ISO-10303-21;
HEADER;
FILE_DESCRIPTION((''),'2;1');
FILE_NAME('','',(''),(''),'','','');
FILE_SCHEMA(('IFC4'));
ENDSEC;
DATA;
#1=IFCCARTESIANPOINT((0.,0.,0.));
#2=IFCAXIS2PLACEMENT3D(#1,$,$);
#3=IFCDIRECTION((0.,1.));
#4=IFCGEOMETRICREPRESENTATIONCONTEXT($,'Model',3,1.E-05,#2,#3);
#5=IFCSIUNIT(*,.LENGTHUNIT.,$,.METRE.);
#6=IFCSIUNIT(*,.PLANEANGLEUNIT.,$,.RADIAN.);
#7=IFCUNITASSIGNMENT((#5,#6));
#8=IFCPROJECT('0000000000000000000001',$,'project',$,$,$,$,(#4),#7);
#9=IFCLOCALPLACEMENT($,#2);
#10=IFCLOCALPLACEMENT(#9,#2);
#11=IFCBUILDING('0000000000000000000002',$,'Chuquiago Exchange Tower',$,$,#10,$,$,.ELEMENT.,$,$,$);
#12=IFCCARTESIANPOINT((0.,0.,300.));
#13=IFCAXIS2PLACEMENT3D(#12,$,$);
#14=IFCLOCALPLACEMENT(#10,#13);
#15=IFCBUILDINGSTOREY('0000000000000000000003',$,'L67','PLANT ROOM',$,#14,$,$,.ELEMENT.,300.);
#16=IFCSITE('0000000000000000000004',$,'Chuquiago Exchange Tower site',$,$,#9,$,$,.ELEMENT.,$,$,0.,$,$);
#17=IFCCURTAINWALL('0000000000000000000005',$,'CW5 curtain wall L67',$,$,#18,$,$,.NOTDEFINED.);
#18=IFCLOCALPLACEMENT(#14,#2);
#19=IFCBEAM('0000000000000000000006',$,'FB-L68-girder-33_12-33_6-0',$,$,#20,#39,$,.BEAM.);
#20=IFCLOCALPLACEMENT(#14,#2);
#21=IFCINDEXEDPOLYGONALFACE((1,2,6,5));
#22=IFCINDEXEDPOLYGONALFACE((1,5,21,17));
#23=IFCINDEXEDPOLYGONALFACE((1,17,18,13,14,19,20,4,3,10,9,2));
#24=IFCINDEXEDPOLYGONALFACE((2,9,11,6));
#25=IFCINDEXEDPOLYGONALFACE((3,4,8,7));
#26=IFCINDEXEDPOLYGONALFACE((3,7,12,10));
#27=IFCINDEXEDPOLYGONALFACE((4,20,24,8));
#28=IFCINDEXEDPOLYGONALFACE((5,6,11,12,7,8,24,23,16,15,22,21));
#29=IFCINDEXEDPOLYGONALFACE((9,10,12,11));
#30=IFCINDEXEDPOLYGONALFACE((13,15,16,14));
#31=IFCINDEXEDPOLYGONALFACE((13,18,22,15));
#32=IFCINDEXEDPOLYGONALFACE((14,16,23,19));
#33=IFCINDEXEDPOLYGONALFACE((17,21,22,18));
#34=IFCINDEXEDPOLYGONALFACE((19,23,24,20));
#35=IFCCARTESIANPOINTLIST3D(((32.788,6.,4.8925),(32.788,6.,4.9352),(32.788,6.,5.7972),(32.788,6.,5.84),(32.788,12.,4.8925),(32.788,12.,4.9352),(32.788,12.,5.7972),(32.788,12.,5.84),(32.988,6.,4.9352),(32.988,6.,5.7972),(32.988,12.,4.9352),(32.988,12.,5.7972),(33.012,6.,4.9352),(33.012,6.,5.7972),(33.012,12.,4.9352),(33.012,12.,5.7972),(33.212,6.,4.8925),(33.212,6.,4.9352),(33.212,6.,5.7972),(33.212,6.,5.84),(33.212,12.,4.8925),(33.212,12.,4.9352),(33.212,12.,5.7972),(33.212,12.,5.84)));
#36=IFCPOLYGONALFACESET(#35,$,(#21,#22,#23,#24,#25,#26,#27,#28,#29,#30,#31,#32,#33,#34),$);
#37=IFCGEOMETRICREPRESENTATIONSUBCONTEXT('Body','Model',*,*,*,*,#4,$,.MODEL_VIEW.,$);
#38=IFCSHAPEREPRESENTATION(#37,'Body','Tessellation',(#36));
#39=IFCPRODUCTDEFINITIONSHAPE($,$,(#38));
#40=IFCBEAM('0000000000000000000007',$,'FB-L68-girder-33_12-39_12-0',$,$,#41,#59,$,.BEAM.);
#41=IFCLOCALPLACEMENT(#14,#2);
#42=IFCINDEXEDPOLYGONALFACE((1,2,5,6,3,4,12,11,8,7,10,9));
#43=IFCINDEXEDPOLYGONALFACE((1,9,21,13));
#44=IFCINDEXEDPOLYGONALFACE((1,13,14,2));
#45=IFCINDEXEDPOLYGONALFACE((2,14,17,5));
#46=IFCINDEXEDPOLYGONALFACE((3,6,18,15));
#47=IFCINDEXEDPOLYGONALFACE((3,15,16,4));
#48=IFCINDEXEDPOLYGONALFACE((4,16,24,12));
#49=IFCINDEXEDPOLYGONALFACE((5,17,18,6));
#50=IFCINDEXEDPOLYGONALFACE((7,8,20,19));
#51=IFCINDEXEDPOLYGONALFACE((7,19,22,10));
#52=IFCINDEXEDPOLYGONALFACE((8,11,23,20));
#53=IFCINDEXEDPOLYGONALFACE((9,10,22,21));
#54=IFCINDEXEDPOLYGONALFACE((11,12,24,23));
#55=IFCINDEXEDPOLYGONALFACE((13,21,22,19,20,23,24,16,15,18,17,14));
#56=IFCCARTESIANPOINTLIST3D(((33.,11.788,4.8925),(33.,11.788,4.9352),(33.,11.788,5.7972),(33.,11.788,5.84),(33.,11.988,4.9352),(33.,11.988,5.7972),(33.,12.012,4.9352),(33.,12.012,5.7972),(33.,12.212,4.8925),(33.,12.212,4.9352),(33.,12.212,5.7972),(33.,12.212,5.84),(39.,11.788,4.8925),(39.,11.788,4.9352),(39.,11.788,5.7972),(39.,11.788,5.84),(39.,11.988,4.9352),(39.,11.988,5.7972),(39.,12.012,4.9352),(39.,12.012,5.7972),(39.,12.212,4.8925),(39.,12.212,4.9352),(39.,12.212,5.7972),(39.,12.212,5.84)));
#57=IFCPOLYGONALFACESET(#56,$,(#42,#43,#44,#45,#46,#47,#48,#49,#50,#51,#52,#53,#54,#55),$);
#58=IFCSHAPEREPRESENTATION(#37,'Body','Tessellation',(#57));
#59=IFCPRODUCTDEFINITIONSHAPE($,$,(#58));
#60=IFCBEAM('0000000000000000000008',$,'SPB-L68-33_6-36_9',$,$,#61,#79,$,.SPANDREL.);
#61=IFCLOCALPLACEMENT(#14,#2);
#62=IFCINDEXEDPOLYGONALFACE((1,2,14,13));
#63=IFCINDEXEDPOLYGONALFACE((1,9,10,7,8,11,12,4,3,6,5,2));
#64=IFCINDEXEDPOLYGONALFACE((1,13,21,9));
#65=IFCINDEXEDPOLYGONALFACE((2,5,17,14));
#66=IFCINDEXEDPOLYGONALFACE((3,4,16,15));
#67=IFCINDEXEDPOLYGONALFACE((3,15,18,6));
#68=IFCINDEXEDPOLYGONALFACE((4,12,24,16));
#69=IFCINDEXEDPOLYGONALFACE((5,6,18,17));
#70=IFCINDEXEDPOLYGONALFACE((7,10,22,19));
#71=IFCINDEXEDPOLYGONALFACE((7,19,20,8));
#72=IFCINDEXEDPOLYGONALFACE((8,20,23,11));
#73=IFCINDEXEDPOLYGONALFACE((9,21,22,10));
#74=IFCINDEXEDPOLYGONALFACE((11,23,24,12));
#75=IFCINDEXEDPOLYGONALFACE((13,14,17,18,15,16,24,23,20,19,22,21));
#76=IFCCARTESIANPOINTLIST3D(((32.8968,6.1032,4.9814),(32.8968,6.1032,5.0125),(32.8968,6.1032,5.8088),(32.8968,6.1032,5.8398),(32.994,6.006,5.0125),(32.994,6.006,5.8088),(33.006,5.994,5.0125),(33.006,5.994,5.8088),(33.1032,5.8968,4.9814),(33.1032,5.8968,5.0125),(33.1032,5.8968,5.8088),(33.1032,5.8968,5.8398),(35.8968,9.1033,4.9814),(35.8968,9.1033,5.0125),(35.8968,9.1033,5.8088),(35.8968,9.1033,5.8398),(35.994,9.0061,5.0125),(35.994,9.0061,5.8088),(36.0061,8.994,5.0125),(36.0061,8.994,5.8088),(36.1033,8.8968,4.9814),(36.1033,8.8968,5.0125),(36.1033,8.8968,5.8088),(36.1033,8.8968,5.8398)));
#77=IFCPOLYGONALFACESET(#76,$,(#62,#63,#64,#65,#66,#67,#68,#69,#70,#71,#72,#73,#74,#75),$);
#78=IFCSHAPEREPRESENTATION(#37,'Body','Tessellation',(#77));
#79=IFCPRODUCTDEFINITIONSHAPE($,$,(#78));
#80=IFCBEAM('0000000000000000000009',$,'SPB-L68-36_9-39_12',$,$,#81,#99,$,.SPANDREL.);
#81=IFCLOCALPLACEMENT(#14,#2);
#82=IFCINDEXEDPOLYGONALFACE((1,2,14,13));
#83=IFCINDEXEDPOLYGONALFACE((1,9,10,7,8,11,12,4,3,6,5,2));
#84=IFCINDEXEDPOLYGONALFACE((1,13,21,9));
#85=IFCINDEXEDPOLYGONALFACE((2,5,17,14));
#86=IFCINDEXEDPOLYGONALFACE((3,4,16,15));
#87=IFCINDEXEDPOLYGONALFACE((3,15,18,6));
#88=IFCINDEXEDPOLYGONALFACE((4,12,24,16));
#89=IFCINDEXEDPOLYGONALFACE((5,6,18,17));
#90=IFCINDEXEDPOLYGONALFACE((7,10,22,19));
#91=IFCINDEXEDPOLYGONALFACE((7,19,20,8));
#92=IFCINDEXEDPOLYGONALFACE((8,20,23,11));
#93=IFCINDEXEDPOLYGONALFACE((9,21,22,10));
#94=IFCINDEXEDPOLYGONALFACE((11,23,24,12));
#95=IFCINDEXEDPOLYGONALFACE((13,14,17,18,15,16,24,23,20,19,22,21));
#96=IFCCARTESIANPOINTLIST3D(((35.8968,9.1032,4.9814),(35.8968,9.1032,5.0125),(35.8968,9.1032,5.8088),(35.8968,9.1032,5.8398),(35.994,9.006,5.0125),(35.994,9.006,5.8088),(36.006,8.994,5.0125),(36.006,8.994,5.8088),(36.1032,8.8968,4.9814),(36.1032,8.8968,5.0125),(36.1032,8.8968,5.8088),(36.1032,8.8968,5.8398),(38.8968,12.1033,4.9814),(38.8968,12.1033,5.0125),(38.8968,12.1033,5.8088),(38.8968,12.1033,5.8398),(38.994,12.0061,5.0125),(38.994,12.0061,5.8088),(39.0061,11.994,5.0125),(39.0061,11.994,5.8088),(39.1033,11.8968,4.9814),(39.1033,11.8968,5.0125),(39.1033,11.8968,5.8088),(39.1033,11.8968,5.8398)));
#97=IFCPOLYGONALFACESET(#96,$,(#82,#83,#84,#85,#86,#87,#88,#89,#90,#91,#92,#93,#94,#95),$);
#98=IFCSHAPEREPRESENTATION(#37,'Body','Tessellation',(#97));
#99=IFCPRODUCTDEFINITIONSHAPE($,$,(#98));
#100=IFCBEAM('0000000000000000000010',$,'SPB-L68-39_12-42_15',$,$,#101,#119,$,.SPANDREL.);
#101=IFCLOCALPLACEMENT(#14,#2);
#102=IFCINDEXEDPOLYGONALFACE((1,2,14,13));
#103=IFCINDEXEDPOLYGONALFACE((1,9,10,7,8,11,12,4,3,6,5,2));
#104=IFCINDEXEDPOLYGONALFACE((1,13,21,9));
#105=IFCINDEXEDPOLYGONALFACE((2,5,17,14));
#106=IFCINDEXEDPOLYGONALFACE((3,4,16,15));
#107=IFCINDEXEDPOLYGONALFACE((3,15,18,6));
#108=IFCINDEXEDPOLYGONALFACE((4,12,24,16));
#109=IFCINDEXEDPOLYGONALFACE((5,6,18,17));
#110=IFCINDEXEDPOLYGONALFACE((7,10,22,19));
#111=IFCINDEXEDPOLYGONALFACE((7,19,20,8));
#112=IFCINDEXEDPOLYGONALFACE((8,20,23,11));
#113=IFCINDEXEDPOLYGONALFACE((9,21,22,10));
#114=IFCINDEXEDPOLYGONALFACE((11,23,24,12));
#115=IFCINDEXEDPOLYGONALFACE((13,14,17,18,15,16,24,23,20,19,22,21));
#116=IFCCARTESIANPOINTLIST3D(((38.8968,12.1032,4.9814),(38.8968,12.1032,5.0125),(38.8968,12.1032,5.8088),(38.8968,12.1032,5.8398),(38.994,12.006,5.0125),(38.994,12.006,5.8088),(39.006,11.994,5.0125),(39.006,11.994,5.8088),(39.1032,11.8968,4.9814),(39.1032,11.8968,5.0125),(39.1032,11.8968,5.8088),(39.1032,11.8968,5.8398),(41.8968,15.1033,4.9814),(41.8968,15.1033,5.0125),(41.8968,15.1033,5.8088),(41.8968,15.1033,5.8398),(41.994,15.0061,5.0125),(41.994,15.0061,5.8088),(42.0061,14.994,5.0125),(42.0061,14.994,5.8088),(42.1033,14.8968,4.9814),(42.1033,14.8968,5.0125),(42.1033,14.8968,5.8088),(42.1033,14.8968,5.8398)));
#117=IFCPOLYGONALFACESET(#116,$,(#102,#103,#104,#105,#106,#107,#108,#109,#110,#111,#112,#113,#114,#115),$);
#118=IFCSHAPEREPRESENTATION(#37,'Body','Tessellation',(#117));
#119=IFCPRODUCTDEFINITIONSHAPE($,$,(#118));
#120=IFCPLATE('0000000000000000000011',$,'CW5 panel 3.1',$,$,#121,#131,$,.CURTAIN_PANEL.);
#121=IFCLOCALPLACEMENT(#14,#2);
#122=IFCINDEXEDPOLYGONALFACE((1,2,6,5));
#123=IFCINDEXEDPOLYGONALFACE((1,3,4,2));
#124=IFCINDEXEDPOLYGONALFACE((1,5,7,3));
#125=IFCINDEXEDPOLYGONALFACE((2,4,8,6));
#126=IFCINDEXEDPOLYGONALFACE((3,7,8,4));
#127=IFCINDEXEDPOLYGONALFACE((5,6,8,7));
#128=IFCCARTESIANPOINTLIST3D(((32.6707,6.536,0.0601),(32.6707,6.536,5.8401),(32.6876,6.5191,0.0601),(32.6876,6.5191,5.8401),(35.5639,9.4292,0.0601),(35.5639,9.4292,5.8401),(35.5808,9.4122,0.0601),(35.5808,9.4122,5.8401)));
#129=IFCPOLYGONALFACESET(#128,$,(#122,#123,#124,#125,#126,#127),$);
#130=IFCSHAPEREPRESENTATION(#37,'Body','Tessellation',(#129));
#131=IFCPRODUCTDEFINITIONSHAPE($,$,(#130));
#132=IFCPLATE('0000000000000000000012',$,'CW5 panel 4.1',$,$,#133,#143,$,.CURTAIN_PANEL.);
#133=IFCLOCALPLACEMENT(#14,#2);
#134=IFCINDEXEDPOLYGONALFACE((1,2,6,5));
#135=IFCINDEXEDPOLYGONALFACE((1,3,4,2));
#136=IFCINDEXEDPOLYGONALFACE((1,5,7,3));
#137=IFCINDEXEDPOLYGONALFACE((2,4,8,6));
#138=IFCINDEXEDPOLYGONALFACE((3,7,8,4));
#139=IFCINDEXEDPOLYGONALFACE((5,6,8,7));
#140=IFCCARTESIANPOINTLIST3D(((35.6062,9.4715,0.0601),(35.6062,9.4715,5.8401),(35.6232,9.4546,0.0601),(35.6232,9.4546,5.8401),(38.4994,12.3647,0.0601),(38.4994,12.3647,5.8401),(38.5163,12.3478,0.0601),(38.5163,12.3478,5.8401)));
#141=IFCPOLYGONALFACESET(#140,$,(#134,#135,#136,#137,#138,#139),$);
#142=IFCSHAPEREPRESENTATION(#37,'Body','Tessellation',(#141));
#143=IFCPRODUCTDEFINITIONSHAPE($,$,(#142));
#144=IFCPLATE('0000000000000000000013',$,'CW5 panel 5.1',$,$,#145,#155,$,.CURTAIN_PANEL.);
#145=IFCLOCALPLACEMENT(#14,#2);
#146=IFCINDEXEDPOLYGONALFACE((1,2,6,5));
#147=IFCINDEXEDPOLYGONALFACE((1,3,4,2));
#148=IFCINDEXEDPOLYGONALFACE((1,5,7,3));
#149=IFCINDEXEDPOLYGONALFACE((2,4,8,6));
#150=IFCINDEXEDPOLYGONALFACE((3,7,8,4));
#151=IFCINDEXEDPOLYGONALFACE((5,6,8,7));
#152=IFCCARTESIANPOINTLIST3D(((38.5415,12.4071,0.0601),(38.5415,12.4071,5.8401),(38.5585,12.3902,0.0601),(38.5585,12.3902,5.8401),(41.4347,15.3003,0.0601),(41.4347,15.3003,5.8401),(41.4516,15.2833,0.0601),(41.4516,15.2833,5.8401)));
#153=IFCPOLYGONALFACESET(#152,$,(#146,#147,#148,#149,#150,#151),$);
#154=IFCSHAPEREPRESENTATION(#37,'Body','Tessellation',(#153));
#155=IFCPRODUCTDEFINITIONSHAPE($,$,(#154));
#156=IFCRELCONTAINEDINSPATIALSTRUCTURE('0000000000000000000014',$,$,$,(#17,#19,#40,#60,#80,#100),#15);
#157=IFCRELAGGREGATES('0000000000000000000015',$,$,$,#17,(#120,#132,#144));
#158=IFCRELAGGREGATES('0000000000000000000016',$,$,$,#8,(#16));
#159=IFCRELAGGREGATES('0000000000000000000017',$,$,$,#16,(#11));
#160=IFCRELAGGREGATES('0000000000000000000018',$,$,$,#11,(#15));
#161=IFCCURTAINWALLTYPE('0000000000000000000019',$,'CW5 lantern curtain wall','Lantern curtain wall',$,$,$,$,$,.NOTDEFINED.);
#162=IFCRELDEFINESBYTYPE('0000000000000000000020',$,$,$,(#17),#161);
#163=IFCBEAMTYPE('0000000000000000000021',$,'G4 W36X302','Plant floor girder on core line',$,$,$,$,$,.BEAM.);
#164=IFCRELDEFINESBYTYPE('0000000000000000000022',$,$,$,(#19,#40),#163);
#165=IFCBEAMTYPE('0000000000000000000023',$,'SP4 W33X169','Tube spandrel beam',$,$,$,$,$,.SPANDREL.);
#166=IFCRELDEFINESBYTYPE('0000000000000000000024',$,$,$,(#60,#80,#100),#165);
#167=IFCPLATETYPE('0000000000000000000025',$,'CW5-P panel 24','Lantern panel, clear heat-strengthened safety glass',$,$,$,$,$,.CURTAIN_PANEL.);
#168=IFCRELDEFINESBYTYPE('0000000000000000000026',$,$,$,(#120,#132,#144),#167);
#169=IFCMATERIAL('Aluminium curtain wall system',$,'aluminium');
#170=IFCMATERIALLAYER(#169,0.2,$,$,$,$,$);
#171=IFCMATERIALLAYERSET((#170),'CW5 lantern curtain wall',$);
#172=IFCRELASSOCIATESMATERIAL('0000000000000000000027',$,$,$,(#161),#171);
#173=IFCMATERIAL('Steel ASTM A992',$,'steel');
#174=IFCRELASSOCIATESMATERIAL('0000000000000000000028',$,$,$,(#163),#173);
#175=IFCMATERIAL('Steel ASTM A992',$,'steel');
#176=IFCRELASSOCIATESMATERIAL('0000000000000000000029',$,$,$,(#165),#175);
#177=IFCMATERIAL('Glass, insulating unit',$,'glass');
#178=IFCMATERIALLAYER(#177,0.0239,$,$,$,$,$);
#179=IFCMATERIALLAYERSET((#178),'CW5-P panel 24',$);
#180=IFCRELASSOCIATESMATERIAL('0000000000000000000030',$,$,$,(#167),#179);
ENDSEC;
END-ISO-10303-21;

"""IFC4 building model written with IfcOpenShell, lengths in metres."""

from ifc_helpers import new_model, si_unit, direction, frame, origin, origin_2d, place, context, subcontext, project, spatial, rectangle, i_section, extrude, material, layer, layer_set, material_profile, profile_set, type_object, element, aggregate, save


model = new_model("IFC4")

# Units and contexts
model_context = context("Model", 3, precision=1e-05, world=origin(), true_north=direction((0.0, 1.0)))
body_context = subcontext(model_context, "Body", "Model", "MODEL_VIEW")
ifc_project = project(units=[si_unit("LENGTHUNIT", "METRE"), si_unit("PLANEANGLEUNIT", "RADIAN")], contexts=[model_context])

# Site, building, storey
site_placement = place(None, origin())
site = spatial("IfcSite", under=ifc_project, at=site_placement, Name="Chuquiago Exchange Tower site", CompositionType="ELEMENT", RefElevation=0.0)
building_placement = place(site_placement, origin())
building = spatial("IfcBuilding", under=site, at=building_placement, Name="Chuquiago Exchange Tower", CompositionType="ELEMENT")
storey_placement = place(building_placement, frame((0.0, 0.0, 300.0)))
storey = spatial("IfcBuildingStorey", under=building, at=storey_placement, Name="L67", Description="PLANT ROOM", CompositionType="ELEMENT", Elevation=300.0)

# Curtain wall
ifc_material_1 = material(Name="Aluminium curtain wall system", Category="aluminium")
ifc_layer_1 = layer(ifc_material_1, 0.2)
ifc_layer_set_1 = layer_set([ifc_layer_1], Name="CW5 lantern curtain wall")
curtain_wall_type = type_object("IfcCurtainWallType", Name="CW5 lantern curtain wall", Description="Lantern curtain wall", PredefinedType="NOTDEFINED", material=ifc_layer_set_1)
curtain_wall_placement = place(storey_placement, origin())
curtain_wall = element("IfcCurtainWall", 1, at=curtain_wall_placement, inside=storey, type_object=curtain_wall_type, Name="CW5 curtain wall L67", PredefinedType="NOTDEFINED")

# Beams
ifc_material_2 = material(Name="Steel ASTM A992", Category="steel")
ifc_material_profile_1 = material_profile(ifc_material_2, i_section(OverallWidth=0.4241, OverallDepth=0.9475, WebThickness=0.0239, FlangeThickness=0.0427, at=origin_2d()), Name="W36X302")
ifc_profile_set_1 = profile_set([ifc_material_profile_1], Name="Steel ASTM A992")
beam_type_1 = type_object("IfcBeamType", Name="G4 W36X302", Description="Plant floor girder on core line", PredefinedType="BEAM", material=ifc_profile_set_1)
for number, where, z_axis, x_axis, name in (
    (2, (33.0, 12.0, 5.3662), (0.0, -1.0, 0.0), (1.0, 0.0, 0.0), "FB-L68-girder-33_12-33_6-0"),
    (3, (33.0, 12.0, 5.3662), (1.0, 0.0, 0.0), (0.0, 1.0, 0.0), "FB-L68-girder-33_12-39_12-0"),
):
    element("IfcBeam", number, at=place(storey_placement, frame(where, z_axis=z_axis, x_axis=x_axis)), inside=storey, type_object=beam_type_1, Name=name, PredefinedType="BEAM", context=body_context, shape_type="SweptSolid", body=[
        extrude(i_section(OverallWidth=0.4241, OverallDepth=0.9475, WebThickness=0.0239, FlangeThickness=0.0427, at=origin_2d()), origin(), (0.0, 0.0, 1.0), 6.0),
    ])
ifc_material_3 = material(Name="Steel ASTM A992", Category="steel")
ifc_material_profile_2 = material_profile(ifc_material_3, i_section(OverallWidth=0.292, OverallDepth=0.8584, WebThickness=0.0171, FlangeThickness=0.031, at=origin_2d()), Name="W33X169")
ifc_profile_set_2 = profile_set([ifc_material_profile_2], Name="Steel ASTM A992")
beam_type_2 = type_object("IfcBeamType", Name="SP4 W33X169", Description="Tube spandrel beam", PredefinedType="SPANDREL", material=ifc_profile_set_2)
for number, where, z_axis, x_axis, name in (
    (4, (33.0, 6.0, 5.4106), (0.707107, 0.707107, 0.0), (-0.707107, 0.707107, 0.0), "SPB-L68-33_6-36_9"),
    (5, (36.0, 9.0, 5.4106), (0.707107, 0.707107, 0.0), (-0.707107, 0.707107, 0.0), "SPB-L68-36_9-39_12"),
    (6, (39.0, 12.0, 5.4106), (0.707107, 0.707107, 0.0), (-0.707107, 0.707107, 0.0), "SPB-L68-39_12-42_15"),
):
    element("IfcBeam", number, at=place(storey_placement, frame(where, z_axis=z_axis, x_axis=x_axis)), inside=storey, type_object=beam_type_2, Name=name, PredefinedType="SPANDREL", context=body_context, shape_type="SweptSolid", body=[
        extrude(i_section(OverallWidth=0.292, OverallDepth=0.8584, WebThickness=0.0171, FlangeThickness=0.031, at=origin_2d()), origin(), (0.0, 0.0, 1.0), 4.2427),
    ])

# Plates
ifc_material_4 = material(Name="Glass, insulating unit", Category="glass")
ifc_layer_2 = layer(ifc_material_4, 0.0239)
ifc_layer_set_2 = layer_set([ifc_layer_2], Name="CW5-P panel 24")
plate_type = type_object("IfcPlateType", Name="CW5-P panel 24", Description="Lantern panel, clear heat-strengthened safety glass", PredefinedType="CURTAIN_PANEL", material=ifc_layer_set_2)
plate_1_placement = place(storey_placement, frame((34.1257, 7.9741, 0.0601), z_axis=(0.0, 0.0, 1.0), x_axis=(0.707109, 0.707105, 0.0)))
plate_1 = element("IfcPlate", 7, at=plate_1_placement, type_object=plate_type, Name="CW5 panel 3.1", PredefinedType="CURTAIN_PANEL", context=body_context, shape_type="SweptSolid", body=[
    extrude(rectangle(XDim=4.0916, YDim=0.0239, at=origin_2d()), origin(), (0.0, 0.0, 1.0), 5.78),
])
plate_2_placement = place(storey_placement, frame((37.0613, 10.9097, 0.0601), z_axis=(0.0, 0.0, 1.0), x_axis=(0.707109, 0.707105, 0.0)))
plate_2 = element("IfcPlate", 8, at=plate_2_placement, type_object=plate_type, Name="CW5 panel 4.1", PredefinedType="CURTAIN_PANEL", context=body_context, shape_type="SweptSolid", body=[
    extrude(rectangle(XDim=4.0916, YDim=0.0239, at=origin_2d()), origin(), (0.0, 0.0, 1.0), 5.78),
])
plate_3_placement = place(storey_placement, frame((39.9966, 13.8452, 0.0601), z_axis=(0.0, 0.0, 1.0), x_axis=(0.707109, 0.707105, 0.0)))
plate_3 = element("IfcPlate", 9, at=plate_3_placement, type_object=plate_type, Name="CW5 panel 5.1", PredefinedType="CURTAIN_PANEL", context=body_context, shape_type="SweptSolid", body=[
    extrude(rectangle(XDim=4.0916, YDim=0.0239, at=origin_2d()), origin(), (0.0, 0.0, 1.0), 5.78),
])
aggregate(curtain_wall, [plate_1, plate_2, plate_3])

save(model, "model.ifc")
